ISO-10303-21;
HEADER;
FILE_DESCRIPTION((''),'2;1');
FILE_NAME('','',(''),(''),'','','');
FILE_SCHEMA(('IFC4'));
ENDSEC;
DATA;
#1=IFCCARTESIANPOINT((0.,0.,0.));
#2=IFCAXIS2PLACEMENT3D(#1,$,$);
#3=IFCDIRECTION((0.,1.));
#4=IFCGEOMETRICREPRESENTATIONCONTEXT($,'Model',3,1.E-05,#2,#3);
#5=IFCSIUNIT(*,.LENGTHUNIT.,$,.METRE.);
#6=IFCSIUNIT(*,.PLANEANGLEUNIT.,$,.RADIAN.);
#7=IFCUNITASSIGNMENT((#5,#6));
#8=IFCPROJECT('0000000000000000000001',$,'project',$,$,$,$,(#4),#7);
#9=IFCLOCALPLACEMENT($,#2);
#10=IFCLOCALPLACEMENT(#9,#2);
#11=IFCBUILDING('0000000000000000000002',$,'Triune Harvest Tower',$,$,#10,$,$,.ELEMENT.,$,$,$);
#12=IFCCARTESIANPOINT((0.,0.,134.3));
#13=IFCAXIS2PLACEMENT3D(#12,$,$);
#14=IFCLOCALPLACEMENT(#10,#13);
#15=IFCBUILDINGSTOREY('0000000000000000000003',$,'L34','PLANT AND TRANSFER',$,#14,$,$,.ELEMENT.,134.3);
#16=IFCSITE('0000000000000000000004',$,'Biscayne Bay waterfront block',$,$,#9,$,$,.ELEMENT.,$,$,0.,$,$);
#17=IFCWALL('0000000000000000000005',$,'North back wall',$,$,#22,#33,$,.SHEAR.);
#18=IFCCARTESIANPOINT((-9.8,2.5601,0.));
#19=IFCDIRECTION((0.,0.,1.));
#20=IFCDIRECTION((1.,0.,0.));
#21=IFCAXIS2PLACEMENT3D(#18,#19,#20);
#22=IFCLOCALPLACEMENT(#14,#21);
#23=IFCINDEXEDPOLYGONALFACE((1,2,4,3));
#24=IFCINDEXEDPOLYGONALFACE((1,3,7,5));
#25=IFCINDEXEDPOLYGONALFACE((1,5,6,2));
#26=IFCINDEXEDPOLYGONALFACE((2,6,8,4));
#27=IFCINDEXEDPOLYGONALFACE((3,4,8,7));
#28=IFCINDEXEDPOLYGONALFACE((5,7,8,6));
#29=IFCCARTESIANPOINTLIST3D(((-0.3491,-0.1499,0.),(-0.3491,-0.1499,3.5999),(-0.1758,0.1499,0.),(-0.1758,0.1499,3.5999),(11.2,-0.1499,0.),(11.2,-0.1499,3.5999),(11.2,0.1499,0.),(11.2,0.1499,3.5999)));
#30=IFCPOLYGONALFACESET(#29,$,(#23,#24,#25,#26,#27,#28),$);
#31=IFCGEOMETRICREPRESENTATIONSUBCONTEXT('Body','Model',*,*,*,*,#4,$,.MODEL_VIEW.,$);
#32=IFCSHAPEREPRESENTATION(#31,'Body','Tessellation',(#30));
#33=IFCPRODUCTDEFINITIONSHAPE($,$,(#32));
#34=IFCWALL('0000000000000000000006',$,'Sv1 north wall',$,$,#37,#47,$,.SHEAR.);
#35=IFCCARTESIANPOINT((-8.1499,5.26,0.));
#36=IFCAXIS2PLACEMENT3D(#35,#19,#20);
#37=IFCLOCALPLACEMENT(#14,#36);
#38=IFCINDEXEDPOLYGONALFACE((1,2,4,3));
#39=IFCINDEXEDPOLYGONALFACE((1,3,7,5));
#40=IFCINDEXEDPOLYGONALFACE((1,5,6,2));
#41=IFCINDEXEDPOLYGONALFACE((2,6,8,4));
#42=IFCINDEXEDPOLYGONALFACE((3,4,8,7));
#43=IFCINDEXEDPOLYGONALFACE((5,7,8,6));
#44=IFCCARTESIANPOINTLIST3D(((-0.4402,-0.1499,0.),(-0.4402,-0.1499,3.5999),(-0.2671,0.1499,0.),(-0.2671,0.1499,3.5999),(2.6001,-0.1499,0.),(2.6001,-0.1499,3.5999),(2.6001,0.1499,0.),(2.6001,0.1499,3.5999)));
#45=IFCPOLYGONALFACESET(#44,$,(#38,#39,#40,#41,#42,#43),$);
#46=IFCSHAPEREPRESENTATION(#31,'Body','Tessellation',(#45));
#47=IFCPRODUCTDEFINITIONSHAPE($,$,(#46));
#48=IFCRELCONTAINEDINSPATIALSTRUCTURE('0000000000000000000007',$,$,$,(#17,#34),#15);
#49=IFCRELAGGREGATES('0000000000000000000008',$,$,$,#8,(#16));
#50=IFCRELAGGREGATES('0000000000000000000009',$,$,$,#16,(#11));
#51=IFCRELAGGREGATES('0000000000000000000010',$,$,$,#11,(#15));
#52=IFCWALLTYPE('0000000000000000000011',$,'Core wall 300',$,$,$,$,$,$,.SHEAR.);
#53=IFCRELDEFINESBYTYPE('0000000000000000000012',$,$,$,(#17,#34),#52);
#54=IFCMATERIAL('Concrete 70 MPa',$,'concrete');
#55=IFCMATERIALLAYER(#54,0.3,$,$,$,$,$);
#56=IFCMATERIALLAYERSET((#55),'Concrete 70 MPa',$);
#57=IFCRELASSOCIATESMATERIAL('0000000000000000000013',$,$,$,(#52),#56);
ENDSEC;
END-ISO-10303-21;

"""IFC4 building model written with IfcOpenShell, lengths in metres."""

from ifc_helpers import new_model, si_unit, direction, frame, origin, place, context, subcontext, project, spatial, polyline, outline, extrude, material, layer, layer_set, type_object, element, save


model = new_model("IFC4")

# Units and contexts
model_context = context("Model", 3, precision=1e-05, world=origin(), true_north=direction((0.0, 1.0)))
body_context = subcontext(model_context, "Body", "Model", "MODEL_VIEW")
ifc_project = project(units=[si_unit("LENGTHUNIT", "METRE"), si_unit("PLANEANGLEUNIT", "RADIAN")], contexts=[model_context])

# Site, building, storey
site_placement = place(None, origin())
site = spatial("IfcSite", under=ifc_project, at=site_placement, Name="Biscayne Bay waterfront block", CompositionType="ELEMENT", RefElevation=0.0)
building_placement = place(site_placement, origin())
building = spatial("IfcBuilding", under=site, at=building_placement, Name="Triune Harvest Tower", CompositionType="ELEMENT")
storey_placement = place(building_placement, frame((0.0, 0.0, 134.3)))
storey = spatial("IfcBuildingStorey", under=building, at=storey_placement, Name="L34", Description="PLANT AND TRANSFER", CompositionType="ELEMENT", Elevation=134.3)

# Shared definitions
ifc_material_1 = material(Name="Concrete 70 MPa", Category="concrete")
ifc_layer_1 = layer(ifc_material_1, 0.3)
ifc_layer_set_1 = layer_set([ifc_layer_1], Name="Concrete 70 MPa")
wall_type_1 = type_object("IfcWallType", Name="Core wall 300", PredefinedType="SHEAR", material=ifc_layer_set_1)

# Walls
wall_1_placement = place(storey_placement, frame((-9.8, 2.5601, 0.0), z_axis=(0.0, 0.0, 1.0), x_axis=(1.0, 0.0, 0.0)))
element("IfcWall", 1, at=wall_1_placement, inside=storey, type_object=wall_type_1, Name="North back wall", PredefinedType="SHEAR", context=body_context, shape_type="SweptSolid", body=[
    extrude(outline(polyline([(11.2, -0.1499), (-0.3491, -0.1499), (-0.1758, 0.1499), (11.2, 0.1499), (11.2, -0.1499)])), origin(), (0.0, 0.0, 1.0), 3.5999),
])
wall_2_placement = place(storey_placement, frame((-8.1499, 5.26, 0.0), z_axis=(0.0, 0.0, 1.0), x_axis=(1.0, 0.0, 0.0)))
element("IfcWall", 2, at=wall_2_placement, inside=storey, type_object=wall_type_1, Name="Sv1 north wall", PredefinedType="SHEAR", context=body_context, shape_type="SweptSolid", body=[
    extrude(outline(polyline([(2.6001, -0.1499), (-0.4402, -0.1499), (-0.2671, 0.1499), (2.6001, 0.1499), (2.6001, -0.1499)])), origin(), (0.0, 0.0, 1.0), 3.5999),
])

save(model, "model.ifc")
